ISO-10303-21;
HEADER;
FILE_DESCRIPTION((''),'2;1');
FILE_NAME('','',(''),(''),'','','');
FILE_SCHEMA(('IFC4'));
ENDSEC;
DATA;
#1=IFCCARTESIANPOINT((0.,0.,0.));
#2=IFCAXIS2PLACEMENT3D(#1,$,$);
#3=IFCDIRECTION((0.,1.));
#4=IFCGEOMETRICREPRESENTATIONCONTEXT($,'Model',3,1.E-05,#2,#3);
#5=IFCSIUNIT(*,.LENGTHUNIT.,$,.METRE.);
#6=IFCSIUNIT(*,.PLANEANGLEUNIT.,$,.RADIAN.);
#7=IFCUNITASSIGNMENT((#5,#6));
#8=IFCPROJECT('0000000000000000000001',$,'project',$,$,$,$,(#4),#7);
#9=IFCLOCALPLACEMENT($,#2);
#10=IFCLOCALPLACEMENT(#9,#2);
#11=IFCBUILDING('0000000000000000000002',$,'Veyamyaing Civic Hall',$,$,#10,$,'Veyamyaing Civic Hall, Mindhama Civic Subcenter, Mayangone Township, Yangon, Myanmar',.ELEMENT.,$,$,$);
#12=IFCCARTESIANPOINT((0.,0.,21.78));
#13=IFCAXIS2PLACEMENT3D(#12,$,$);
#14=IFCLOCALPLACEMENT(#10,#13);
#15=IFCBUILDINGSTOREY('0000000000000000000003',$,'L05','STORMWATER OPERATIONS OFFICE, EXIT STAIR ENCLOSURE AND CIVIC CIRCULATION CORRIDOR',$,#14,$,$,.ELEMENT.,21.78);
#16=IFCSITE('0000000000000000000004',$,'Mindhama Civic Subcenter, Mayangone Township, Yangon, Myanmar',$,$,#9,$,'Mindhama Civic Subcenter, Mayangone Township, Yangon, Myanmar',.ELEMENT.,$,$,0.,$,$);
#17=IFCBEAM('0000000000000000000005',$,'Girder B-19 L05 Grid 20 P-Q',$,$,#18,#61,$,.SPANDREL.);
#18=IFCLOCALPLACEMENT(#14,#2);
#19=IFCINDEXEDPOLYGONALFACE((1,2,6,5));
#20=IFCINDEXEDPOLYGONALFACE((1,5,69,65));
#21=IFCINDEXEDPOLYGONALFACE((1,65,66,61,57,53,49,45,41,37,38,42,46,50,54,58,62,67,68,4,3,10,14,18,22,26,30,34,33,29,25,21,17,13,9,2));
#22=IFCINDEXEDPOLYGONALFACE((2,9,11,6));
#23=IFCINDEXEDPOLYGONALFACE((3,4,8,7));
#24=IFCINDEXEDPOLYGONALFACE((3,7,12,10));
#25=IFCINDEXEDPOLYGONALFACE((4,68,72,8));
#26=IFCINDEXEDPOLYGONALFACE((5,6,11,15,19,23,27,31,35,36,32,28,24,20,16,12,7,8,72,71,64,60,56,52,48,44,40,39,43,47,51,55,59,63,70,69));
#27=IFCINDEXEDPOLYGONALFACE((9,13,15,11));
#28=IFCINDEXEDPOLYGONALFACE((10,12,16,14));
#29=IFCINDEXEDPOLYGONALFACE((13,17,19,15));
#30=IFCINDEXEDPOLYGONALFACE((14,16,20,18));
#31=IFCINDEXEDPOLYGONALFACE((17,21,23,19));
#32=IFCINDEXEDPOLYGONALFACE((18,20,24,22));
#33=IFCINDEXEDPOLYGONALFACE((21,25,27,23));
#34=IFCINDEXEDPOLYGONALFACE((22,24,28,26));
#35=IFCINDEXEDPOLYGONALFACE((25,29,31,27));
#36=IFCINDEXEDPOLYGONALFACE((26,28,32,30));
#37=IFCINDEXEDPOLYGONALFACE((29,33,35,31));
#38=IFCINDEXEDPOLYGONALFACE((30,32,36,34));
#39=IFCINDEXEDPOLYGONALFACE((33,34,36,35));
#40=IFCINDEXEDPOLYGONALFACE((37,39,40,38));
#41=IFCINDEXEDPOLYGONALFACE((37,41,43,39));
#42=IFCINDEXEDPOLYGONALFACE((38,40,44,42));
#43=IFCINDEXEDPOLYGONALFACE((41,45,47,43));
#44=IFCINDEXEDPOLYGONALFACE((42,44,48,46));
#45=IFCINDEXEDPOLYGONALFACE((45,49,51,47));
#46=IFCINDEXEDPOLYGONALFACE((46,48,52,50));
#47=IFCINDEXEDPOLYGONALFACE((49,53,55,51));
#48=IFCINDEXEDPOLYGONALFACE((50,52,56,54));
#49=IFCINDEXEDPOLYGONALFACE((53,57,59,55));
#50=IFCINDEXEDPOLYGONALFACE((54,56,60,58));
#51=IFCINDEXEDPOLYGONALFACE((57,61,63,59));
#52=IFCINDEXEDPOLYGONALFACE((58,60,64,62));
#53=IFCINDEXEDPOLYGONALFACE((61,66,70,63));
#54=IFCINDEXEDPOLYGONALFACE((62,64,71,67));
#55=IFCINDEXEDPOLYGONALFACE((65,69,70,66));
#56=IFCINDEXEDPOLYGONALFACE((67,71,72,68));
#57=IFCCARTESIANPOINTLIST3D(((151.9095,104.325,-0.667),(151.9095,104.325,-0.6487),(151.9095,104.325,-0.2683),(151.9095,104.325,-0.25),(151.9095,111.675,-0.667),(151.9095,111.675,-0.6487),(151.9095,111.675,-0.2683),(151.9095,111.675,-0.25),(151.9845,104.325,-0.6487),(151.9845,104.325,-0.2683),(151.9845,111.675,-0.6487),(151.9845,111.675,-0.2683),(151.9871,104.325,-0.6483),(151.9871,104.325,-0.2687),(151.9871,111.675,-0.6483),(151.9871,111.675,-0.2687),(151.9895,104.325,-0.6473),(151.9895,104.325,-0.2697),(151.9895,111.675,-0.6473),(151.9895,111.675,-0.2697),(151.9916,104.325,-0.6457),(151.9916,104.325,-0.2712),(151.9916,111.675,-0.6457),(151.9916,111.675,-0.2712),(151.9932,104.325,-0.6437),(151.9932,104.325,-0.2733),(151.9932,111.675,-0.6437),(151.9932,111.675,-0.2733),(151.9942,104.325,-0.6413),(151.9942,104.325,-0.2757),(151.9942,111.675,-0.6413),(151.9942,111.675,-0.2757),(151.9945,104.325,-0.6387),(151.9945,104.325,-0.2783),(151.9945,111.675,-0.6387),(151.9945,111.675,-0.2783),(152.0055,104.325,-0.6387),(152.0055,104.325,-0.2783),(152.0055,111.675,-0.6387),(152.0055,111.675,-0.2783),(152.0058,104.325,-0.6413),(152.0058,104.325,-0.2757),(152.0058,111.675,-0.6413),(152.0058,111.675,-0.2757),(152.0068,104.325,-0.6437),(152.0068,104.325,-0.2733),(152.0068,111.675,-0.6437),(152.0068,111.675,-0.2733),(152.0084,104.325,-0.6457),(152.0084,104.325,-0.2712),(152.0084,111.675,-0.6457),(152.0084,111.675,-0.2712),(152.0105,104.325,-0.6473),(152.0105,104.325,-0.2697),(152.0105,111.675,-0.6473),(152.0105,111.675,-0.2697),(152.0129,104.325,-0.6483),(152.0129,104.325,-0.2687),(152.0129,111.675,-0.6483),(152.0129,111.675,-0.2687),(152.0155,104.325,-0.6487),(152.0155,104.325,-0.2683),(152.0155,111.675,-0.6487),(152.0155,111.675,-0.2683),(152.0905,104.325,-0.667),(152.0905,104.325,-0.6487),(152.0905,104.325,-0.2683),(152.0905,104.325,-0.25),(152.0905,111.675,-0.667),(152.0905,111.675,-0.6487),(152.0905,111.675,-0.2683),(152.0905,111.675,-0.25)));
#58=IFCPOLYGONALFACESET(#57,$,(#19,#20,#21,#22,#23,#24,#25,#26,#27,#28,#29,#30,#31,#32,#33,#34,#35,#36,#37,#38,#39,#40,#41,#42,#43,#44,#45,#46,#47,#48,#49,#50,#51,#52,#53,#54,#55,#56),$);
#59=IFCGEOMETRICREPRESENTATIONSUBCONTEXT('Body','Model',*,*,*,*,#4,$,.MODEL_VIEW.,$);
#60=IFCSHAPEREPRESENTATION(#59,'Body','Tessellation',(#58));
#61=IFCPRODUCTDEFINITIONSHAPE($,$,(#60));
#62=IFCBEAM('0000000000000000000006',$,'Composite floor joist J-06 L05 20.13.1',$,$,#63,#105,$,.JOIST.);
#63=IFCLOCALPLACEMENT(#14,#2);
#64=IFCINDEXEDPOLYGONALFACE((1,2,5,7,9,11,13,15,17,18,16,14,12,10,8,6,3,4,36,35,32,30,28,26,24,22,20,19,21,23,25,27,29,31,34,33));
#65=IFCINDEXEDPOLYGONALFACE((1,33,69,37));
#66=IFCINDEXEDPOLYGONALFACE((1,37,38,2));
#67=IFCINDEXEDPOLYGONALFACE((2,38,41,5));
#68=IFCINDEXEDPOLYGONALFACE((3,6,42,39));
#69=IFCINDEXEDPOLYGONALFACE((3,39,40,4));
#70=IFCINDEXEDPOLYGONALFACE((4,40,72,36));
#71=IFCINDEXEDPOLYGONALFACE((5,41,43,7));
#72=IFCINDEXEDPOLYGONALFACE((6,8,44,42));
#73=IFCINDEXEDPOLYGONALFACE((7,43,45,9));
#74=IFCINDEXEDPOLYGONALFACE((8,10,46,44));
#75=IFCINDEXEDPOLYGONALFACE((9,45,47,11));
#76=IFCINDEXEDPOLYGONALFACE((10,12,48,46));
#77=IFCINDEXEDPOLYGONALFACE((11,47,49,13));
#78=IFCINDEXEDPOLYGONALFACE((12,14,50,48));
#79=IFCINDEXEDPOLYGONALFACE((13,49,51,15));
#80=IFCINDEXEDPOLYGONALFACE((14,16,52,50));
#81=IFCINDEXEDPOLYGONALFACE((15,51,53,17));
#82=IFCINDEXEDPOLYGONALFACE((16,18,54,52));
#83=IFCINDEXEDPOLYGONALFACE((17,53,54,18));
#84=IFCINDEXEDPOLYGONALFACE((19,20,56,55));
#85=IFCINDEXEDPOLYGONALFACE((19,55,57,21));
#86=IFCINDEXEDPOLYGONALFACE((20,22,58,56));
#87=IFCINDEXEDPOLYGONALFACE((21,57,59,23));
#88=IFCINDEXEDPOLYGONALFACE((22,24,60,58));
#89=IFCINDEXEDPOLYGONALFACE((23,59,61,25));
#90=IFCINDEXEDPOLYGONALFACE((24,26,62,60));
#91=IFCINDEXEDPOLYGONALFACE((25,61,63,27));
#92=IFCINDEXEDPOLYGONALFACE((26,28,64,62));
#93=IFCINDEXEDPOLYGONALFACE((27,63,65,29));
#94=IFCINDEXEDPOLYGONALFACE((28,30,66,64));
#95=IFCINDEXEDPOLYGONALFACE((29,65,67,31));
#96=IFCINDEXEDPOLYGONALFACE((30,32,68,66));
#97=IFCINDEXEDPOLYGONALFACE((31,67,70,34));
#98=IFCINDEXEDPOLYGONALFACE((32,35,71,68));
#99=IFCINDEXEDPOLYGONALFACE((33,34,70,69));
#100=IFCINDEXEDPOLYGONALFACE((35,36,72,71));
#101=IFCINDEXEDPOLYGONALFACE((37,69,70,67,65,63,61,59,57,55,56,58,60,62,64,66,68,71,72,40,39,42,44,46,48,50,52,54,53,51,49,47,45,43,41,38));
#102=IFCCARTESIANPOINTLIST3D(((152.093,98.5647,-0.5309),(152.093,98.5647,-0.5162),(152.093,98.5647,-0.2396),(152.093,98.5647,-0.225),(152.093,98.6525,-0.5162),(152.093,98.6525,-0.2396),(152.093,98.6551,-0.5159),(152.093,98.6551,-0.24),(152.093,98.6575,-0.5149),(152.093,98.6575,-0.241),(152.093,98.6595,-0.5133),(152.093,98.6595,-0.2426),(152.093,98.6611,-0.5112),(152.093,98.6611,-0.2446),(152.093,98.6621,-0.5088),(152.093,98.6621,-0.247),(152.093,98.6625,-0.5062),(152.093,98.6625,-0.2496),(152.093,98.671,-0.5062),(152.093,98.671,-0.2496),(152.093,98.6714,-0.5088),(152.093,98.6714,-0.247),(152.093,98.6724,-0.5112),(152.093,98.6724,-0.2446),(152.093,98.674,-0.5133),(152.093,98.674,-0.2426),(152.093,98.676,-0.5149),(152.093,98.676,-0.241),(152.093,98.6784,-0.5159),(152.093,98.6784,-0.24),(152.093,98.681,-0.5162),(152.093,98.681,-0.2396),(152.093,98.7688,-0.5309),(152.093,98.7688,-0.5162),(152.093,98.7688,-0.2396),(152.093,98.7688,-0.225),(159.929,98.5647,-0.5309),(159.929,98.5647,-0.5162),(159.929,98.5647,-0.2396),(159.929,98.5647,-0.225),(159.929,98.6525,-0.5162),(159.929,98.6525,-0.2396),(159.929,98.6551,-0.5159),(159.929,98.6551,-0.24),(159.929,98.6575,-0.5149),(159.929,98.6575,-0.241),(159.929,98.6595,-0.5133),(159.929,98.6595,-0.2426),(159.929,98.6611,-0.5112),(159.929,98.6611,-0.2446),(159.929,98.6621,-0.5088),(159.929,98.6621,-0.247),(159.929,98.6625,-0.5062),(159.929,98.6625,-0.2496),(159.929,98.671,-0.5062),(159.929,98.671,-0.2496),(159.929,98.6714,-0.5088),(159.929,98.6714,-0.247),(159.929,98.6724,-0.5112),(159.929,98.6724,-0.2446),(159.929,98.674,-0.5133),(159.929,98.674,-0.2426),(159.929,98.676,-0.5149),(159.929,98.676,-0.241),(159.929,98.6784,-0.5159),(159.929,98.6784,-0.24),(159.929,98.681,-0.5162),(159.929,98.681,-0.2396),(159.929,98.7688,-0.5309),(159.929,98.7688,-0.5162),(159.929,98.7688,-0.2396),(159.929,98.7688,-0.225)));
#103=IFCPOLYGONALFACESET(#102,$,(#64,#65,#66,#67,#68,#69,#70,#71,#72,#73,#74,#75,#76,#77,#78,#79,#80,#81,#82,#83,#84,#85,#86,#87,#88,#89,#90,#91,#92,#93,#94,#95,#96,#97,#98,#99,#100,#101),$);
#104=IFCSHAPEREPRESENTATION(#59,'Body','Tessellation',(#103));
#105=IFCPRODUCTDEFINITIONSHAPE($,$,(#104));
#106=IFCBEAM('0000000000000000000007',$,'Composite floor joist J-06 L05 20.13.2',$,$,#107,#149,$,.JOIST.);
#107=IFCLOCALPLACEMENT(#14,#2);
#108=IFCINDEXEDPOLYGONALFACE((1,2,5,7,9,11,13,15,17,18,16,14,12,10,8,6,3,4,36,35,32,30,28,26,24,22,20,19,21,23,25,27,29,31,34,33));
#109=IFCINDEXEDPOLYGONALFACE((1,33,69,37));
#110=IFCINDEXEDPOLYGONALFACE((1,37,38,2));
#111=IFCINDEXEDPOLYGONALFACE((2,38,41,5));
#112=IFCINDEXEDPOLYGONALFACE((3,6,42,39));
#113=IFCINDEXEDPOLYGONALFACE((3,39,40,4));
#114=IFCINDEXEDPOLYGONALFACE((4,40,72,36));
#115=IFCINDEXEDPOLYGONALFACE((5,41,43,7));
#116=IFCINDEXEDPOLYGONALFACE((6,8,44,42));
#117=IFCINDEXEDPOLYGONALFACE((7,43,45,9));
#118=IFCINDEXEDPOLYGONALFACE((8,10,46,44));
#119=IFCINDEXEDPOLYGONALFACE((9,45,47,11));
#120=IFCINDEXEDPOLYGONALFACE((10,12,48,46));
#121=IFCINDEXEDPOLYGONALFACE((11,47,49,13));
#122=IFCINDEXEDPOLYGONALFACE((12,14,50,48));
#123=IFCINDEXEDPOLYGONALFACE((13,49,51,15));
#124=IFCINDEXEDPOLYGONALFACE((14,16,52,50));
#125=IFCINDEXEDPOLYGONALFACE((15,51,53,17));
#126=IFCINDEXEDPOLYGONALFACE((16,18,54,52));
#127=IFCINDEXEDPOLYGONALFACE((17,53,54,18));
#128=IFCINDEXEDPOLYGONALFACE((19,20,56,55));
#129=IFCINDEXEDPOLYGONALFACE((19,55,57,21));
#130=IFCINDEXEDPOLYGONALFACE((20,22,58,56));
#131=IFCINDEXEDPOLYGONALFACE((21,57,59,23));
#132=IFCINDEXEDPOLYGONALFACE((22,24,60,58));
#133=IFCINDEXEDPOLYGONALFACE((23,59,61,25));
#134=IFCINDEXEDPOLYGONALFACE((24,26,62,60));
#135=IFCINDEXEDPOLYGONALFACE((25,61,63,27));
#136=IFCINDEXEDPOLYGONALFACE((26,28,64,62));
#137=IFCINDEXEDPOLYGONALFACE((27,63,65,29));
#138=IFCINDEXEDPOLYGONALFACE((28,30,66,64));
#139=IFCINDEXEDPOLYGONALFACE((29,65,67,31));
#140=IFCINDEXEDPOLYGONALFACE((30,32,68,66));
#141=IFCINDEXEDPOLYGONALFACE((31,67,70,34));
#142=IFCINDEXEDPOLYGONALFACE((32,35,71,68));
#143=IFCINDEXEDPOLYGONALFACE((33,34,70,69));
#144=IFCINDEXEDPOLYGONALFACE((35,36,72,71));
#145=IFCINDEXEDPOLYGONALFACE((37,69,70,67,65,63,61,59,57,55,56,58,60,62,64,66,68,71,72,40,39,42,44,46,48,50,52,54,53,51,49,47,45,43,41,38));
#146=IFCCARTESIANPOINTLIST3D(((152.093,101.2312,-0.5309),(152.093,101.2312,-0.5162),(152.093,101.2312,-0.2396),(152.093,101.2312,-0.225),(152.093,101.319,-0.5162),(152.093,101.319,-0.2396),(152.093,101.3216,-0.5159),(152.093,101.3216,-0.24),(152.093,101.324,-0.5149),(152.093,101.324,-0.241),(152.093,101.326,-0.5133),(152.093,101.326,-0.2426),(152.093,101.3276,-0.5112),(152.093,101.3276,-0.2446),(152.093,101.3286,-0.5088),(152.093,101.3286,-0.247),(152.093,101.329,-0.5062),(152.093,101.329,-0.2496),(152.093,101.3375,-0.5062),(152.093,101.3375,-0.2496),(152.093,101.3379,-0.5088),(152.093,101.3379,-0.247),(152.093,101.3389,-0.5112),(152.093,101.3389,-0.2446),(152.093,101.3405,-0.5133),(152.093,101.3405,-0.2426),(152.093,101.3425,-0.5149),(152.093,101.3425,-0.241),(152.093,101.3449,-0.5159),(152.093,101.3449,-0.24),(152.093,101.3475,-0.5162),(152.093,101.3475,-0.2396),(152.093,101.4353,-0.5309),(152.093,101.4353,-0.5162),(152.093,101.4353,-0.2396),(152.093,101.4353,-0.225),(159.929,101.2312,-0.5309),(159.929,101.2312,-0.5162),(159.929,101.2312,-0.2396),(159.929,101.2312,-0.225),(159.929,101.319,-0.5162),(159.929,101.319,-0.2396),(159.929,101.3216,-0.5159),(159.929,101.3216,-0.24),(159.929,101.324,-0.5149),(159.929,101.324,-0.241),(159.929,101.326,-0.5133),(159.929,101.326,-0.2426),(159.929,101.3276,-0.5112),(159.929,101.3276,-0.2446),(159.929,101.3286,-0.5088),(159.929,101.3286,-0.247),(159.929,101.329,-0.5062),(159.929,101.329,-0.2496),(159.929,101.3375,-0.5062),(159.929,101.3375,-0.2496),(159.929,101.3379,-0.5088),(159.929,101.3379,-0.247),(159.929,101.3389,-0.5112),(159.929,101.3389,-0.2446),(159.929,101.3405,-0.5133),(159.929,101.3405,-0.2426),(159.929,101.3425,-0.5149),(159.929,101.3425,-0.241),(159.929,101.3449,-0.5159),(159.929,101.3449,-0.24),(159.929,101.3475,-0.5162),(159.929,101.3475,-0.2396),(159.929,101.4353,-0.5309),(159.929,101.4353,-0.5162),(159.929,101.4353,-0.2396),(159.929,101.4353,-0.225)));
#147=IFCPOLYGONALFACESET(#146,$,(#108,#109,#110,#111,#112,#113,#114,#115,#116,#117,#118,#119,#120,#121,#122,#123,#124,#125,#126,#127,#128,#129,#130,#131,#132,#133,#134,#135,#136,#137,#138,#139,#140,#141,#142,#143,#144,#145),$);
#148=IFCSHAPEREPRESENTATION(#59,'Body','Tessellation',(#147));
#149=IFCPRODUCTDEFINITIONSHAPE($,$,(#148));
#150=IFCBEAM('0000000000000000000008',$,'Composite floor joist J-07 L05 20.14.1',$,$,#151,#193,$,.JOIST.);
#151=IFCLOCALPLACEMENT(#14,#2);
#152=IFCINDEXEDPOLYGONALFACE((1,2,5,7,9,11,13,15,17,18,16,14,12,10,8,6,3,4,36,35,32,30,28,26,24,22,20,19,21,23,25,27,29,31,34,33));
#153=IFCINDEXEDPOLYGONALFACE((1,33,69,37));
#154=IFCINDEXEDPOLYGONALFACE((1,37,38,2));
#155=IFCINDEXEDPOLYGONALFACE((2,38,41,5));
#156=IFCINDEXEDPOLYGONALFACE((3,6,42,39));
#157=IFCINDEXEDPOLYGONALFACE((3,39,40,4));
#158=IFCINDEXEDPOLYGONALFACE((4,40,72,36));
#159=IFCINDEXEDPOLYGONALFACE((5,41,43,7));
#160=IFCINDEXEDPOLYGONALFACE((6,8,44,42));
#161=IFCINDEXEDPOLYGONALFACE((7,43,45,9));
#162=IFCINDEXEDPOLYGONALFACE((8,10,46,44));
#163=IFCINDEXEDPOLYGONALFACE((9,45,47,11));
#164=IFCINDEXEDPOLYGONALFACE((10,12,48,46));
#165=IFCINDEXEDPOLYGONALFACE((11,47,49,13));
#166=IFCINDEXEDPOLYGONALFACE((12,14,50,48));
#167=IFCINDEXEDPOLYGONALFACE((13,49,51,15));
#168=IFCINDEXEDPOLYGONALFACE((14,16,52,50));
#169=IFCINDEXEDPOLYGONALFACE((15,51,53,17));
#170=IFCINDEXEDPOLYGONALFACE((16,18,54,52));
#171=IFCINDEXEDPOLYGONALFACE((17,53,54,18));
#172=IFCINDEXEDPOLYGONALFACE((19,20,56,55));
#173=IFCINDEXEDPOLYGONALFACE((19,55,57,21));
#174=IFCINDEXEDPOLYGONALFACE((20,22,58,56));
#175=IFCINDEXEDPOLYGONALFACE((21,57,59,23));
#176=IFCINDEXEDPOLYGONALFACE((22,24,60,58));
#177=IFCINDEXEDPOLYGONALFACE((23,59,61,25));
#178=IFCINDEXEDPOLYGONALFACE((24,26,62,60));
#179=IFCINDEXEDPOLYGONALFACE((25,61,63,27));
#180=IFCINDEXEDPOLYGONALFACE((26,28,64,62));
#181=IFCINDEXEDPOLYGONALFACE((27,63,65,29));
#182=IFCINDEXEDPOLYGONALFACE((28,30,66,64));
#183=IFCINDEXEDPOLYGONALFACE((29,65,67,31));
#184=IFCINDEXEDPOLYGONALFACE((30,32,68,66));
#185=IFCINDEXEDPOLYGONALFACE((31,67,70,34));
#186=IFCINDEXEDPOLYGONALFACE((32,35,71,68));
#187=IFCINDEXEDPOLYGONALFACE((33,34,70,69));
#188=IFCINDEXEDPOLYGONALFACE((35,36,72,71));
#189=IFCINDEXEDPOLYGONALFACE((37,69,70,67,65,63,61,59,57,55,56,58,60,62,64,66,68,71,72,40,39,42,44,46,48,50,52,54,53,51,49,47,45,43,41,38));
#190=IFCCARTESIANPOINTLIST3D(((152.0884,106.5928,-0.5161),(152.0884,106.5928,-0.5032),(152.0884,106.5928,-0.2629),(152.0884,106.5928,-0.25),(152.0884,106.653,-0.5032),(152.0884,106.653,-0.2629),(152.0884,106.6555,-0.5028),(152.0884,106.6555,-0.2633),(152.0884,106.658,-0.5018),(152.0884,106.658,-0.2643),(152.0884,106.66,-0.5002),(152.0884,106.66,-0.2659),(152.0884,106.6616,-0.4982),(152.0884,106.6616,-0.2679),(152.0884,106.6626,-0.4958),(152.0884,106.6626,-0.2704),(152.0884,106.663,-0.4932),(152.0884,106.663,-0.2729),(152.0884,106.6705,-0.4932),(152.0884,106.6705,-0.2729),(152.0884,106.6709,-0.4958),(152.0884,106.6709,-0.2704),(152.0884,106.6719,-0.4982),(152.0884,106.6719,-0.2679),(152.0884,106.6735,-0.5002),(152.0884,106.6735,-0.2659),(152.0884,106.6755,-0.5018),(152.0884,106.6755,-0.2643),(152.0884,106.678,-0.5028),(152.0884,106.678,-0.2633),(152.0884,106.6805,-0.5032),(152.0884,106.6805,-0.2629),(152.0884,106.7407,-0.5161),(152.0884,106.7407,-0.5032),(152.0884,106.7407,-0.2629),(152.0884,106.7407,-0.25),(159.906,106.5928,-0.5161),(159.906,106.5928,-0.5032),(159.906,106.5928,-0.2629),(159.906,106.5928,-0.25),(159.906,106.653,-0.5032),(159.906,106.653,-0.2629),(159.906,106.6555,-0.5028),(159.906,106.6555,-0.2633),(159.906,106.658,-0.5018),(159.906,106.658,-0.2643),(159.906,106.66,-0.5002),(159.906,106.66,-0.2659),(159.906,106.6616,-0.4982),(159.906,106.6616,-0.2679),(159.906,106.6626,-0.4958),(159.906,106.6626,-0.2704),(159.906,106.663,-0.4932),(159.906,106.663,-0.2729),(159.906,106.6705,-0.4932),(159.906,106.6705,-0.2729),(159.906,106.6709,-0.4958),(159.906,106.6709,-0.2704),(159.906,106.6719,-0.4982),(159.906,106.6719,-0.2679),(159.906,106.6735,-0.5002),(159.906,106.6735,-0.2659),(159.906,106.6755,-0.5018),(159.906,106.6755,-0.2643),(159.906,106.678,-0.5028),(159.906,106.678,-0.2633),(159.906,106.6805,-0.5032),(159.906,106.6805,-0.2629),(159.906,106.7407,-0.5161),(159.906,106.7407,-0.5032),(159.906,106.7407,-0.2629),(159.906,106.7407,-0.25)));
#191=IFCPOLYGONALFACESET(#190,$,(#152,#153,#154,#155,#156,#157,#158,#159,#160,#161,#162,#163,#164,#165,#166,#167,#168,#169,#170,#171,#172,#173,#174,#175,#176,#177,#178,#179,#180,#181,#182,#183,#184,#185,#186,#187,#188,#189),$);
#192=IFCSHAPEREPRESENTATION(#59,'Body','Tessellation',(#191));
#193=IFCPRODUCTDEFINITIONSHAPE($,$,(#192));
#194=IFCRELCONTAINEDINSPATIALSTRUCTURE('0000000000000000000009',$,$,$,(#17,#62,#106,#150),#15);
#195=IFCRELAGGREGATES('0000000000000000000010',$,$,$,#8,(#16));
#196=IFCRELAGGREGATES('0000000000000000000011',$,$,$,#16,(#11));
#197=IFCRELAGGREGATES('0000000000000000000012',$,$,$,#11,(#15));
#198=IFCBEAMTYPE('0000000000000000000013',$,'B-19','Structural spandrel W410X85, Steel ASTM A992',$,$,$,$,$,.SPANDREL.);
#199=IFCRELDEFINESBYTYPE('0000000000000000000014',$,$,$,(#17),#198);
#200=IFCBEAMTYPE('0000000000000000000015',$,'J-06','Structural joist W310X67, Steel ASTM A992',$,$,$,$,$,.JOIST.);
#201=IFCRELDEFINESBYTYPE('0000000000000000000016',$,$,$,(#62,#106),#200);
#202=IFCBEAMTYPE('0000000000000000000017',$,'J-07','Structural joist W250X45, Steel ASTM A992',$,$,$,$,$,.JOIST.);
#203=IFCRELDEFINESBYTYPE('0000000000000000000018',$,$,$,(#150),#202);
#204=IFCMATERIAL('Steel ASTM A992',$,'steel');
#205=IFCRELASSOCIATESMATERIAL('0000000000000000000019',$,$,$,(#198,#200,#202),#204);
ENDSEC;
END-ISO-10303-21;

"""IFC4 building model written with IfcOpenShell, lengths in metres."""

from ifc_helpers import new_model, si_unit, direction, frame, origin, origin_2d, place, context, subcontext, project, spatial, i_section, extrude, material, material_profile, profile_set, type_object, element, save


model = new_model("IFC4")

# Units and contexts
model_context = context("Model", 3, precision=1e-05, world=origin(), true_north=direction((0.0, 1.0)))
body_context = subcontext(model_context, "Body", "Model", "MODEL_VIEW")
ifc_project = project(units=[si_unit("LENGTHUNIT", "METRE"), si_unit("PLANEANGLEUNIT", "RADIAN")], contexts=[model_context])

# Site, building, storey
site_placement = place(None, origin())
site = spatial("IfcSite", under=ifc_project, at=site_placement, Name="Mindhama Civic Subcenter, Mayangone Township, Yangon, Myanmar", LongName="Mindhama Civic Subcenter, Mayangone Township, Yangon, Myanmar", CompositionType="ELEMENT", RefElevation=0.0)
building_placement = place(site_placement, origin())
building = spatial("IfcBuilding", under=site, at=building_placement, Name="Veyamyaing Civic Hall", LongName="Veyamyaing Civic Hall, Mindhama Civic Subcenter, Mayangone Township, Yangon, Myanmar", CompositionType="ELEMENT")
storey_placement = place(building_placement, frame((0.0, 0.0, 21.78)))
storey = spatial("IfcBuildingStorey", under=building, at=storey_placement, Name="L05", Description="STORMWATER OPERATIONS OFFICE, EXIT STAIR ENCLOSURE AND CIVIC CIRCULATION CORRIDOR", CompositionType="ELEMENT", Elevation=21.78)

# Beams
ifc_material_1 = material(Name="Steel ASTM A992", Category="steel")
ifc_material_profile_1 = material_profile(ifc_material_1, i_section(OverallWidth=0.1809, OverallDepth=0.417, WebThickness=0.011, FlangeThickness=0.0183, FilletRadius=0.01, at=origin_2d()), Name="W410X85")
ifc_profile_set_1 = profile_set([ifc_material_profile_1], Name="Steel ASTM A992")
beam_type_1 = type_object("IfcBeamType", Name="B-19", Description="Structural spandrel W410X85, Steel ASTM A992", PredefinedType="SPANDREL", material=ifc_profile_set_1)
beam_1_placement = place(storey_placement, frame((152.0, 104.325, -0.4585), z_axis=(0.0, 1.0, 0.0), x_axis=(-1.0, 0.0, 0.0)))
element("IfcBeam", 1, at=beam_1_placement, inside=storey, type_object=beam_type_1, Name="Girder B-19 L05 Grid 20 P-Q", PredefinedType="SPANDREL", context=body_context, shape_type="SweptSolid", body=[
    extrude(i_section(OverallWidth=0.1809, OverallDepth=0.417, WebThickness=0.011, FlangeThickness=0.0183, FilletRadius=0.01, at=origin_2d()), origin(), (0.0, 0.0, 1.0), 7.3501),
])
ifc_material_profile_2 = material_profile(ifc_material_1, i_section(OverallWidth=0.2041, OverallDepth=0.3059, WebThickness=0.0085, FlangeThickness=0.0146, FilletRadius=0.01, at=origin_2d()), Name="W310X67")
ifc_profile_set_2 = profile_set([ifc_material_profile_2], Name="Steel ASTM A992")
beam_type_2 = type_object("IfcBeamType", Name="J-06", Description="Structural joist W310X67, Steel ASTM A992", PredefinedType="JOIST", material=ifc_profile_set_2)
for number, where, z_axis, x_axis, name in (
    (2, (152.093, 98.6667, -0.3779), (1.0, 0.0, 0.0), (0.0, 1.0, 0.0), "Composite floor joist J-06 L05 20.13.1"),
    (3, (152.093, 101.3333, -0.3779), (1.0, 0.0, 0.0), (0.0, 1.0, 0.0), "Composite floor joist J-06 L05 20.13.2"),
):
    element("IfcBeam", number, at=place(storey_placement, frame(where, z_axis=z_axis, x_axis=x_axis)), inside=storey, type_object=beam_type_2, Name=name, PredefinedType="JOIST", context=body_context, shape_type="SweptSolid", body=[
        extrude(i_section(OverallWidth=0.2041, OverallDepth=0.3059, WebThickness=0.0085, FlangeThickness=0.0146, FilletRadius=0.01, at=origin_2d()), origin(), (0.0, 0.0, 1.0), 7.8359),
    ])
ifc_material_profile_3 = material_profile(ifc_material_1, i_section(OverallWidth=0.1479, OverallDepth=0.2661, WebThickness=0.0076, FlangeThickness=0.0129, FilletRadius=0.01, at=origin_2d()), Name="W250X45")
ifc_profile_set_3 = profile_set([ifc_material_profile_3], Name="Steel ASTM A992")
beam_type_3 = type_object("IfcBeamType", Name="J-07", Description="Structural joist W250X45, Steel ASTM A992", PredefinedType="JOIST", material=ifc_profile_set_3)
beam_2_placement = place(storey_placement, frame((152.0884, 106.6667, -0.3831), z_axis=(1.0, 0.0, 0.0), x_axis=(0.0, 1.0, 0.0)))
element("IfcBeam", 4, at=beam_2_placement, inside=storey, type_object=beam_type_3, Name="Composite floor joist J-07 L05 20.14.1", PredefinedType="JOIST", context=body_context, shape_type="SweptSolid", body=[
    extrude(i_section(OverallWidth=0.1479, OverallDepth=0.2661, WebThickness=0.0076, FlangeThickness=0.0129, FilletRadius=0.01, at=origin_2d()), origin(), (0.0, 0.0, 1.0), 7.8176),
])

save(model, "model.ifc")
